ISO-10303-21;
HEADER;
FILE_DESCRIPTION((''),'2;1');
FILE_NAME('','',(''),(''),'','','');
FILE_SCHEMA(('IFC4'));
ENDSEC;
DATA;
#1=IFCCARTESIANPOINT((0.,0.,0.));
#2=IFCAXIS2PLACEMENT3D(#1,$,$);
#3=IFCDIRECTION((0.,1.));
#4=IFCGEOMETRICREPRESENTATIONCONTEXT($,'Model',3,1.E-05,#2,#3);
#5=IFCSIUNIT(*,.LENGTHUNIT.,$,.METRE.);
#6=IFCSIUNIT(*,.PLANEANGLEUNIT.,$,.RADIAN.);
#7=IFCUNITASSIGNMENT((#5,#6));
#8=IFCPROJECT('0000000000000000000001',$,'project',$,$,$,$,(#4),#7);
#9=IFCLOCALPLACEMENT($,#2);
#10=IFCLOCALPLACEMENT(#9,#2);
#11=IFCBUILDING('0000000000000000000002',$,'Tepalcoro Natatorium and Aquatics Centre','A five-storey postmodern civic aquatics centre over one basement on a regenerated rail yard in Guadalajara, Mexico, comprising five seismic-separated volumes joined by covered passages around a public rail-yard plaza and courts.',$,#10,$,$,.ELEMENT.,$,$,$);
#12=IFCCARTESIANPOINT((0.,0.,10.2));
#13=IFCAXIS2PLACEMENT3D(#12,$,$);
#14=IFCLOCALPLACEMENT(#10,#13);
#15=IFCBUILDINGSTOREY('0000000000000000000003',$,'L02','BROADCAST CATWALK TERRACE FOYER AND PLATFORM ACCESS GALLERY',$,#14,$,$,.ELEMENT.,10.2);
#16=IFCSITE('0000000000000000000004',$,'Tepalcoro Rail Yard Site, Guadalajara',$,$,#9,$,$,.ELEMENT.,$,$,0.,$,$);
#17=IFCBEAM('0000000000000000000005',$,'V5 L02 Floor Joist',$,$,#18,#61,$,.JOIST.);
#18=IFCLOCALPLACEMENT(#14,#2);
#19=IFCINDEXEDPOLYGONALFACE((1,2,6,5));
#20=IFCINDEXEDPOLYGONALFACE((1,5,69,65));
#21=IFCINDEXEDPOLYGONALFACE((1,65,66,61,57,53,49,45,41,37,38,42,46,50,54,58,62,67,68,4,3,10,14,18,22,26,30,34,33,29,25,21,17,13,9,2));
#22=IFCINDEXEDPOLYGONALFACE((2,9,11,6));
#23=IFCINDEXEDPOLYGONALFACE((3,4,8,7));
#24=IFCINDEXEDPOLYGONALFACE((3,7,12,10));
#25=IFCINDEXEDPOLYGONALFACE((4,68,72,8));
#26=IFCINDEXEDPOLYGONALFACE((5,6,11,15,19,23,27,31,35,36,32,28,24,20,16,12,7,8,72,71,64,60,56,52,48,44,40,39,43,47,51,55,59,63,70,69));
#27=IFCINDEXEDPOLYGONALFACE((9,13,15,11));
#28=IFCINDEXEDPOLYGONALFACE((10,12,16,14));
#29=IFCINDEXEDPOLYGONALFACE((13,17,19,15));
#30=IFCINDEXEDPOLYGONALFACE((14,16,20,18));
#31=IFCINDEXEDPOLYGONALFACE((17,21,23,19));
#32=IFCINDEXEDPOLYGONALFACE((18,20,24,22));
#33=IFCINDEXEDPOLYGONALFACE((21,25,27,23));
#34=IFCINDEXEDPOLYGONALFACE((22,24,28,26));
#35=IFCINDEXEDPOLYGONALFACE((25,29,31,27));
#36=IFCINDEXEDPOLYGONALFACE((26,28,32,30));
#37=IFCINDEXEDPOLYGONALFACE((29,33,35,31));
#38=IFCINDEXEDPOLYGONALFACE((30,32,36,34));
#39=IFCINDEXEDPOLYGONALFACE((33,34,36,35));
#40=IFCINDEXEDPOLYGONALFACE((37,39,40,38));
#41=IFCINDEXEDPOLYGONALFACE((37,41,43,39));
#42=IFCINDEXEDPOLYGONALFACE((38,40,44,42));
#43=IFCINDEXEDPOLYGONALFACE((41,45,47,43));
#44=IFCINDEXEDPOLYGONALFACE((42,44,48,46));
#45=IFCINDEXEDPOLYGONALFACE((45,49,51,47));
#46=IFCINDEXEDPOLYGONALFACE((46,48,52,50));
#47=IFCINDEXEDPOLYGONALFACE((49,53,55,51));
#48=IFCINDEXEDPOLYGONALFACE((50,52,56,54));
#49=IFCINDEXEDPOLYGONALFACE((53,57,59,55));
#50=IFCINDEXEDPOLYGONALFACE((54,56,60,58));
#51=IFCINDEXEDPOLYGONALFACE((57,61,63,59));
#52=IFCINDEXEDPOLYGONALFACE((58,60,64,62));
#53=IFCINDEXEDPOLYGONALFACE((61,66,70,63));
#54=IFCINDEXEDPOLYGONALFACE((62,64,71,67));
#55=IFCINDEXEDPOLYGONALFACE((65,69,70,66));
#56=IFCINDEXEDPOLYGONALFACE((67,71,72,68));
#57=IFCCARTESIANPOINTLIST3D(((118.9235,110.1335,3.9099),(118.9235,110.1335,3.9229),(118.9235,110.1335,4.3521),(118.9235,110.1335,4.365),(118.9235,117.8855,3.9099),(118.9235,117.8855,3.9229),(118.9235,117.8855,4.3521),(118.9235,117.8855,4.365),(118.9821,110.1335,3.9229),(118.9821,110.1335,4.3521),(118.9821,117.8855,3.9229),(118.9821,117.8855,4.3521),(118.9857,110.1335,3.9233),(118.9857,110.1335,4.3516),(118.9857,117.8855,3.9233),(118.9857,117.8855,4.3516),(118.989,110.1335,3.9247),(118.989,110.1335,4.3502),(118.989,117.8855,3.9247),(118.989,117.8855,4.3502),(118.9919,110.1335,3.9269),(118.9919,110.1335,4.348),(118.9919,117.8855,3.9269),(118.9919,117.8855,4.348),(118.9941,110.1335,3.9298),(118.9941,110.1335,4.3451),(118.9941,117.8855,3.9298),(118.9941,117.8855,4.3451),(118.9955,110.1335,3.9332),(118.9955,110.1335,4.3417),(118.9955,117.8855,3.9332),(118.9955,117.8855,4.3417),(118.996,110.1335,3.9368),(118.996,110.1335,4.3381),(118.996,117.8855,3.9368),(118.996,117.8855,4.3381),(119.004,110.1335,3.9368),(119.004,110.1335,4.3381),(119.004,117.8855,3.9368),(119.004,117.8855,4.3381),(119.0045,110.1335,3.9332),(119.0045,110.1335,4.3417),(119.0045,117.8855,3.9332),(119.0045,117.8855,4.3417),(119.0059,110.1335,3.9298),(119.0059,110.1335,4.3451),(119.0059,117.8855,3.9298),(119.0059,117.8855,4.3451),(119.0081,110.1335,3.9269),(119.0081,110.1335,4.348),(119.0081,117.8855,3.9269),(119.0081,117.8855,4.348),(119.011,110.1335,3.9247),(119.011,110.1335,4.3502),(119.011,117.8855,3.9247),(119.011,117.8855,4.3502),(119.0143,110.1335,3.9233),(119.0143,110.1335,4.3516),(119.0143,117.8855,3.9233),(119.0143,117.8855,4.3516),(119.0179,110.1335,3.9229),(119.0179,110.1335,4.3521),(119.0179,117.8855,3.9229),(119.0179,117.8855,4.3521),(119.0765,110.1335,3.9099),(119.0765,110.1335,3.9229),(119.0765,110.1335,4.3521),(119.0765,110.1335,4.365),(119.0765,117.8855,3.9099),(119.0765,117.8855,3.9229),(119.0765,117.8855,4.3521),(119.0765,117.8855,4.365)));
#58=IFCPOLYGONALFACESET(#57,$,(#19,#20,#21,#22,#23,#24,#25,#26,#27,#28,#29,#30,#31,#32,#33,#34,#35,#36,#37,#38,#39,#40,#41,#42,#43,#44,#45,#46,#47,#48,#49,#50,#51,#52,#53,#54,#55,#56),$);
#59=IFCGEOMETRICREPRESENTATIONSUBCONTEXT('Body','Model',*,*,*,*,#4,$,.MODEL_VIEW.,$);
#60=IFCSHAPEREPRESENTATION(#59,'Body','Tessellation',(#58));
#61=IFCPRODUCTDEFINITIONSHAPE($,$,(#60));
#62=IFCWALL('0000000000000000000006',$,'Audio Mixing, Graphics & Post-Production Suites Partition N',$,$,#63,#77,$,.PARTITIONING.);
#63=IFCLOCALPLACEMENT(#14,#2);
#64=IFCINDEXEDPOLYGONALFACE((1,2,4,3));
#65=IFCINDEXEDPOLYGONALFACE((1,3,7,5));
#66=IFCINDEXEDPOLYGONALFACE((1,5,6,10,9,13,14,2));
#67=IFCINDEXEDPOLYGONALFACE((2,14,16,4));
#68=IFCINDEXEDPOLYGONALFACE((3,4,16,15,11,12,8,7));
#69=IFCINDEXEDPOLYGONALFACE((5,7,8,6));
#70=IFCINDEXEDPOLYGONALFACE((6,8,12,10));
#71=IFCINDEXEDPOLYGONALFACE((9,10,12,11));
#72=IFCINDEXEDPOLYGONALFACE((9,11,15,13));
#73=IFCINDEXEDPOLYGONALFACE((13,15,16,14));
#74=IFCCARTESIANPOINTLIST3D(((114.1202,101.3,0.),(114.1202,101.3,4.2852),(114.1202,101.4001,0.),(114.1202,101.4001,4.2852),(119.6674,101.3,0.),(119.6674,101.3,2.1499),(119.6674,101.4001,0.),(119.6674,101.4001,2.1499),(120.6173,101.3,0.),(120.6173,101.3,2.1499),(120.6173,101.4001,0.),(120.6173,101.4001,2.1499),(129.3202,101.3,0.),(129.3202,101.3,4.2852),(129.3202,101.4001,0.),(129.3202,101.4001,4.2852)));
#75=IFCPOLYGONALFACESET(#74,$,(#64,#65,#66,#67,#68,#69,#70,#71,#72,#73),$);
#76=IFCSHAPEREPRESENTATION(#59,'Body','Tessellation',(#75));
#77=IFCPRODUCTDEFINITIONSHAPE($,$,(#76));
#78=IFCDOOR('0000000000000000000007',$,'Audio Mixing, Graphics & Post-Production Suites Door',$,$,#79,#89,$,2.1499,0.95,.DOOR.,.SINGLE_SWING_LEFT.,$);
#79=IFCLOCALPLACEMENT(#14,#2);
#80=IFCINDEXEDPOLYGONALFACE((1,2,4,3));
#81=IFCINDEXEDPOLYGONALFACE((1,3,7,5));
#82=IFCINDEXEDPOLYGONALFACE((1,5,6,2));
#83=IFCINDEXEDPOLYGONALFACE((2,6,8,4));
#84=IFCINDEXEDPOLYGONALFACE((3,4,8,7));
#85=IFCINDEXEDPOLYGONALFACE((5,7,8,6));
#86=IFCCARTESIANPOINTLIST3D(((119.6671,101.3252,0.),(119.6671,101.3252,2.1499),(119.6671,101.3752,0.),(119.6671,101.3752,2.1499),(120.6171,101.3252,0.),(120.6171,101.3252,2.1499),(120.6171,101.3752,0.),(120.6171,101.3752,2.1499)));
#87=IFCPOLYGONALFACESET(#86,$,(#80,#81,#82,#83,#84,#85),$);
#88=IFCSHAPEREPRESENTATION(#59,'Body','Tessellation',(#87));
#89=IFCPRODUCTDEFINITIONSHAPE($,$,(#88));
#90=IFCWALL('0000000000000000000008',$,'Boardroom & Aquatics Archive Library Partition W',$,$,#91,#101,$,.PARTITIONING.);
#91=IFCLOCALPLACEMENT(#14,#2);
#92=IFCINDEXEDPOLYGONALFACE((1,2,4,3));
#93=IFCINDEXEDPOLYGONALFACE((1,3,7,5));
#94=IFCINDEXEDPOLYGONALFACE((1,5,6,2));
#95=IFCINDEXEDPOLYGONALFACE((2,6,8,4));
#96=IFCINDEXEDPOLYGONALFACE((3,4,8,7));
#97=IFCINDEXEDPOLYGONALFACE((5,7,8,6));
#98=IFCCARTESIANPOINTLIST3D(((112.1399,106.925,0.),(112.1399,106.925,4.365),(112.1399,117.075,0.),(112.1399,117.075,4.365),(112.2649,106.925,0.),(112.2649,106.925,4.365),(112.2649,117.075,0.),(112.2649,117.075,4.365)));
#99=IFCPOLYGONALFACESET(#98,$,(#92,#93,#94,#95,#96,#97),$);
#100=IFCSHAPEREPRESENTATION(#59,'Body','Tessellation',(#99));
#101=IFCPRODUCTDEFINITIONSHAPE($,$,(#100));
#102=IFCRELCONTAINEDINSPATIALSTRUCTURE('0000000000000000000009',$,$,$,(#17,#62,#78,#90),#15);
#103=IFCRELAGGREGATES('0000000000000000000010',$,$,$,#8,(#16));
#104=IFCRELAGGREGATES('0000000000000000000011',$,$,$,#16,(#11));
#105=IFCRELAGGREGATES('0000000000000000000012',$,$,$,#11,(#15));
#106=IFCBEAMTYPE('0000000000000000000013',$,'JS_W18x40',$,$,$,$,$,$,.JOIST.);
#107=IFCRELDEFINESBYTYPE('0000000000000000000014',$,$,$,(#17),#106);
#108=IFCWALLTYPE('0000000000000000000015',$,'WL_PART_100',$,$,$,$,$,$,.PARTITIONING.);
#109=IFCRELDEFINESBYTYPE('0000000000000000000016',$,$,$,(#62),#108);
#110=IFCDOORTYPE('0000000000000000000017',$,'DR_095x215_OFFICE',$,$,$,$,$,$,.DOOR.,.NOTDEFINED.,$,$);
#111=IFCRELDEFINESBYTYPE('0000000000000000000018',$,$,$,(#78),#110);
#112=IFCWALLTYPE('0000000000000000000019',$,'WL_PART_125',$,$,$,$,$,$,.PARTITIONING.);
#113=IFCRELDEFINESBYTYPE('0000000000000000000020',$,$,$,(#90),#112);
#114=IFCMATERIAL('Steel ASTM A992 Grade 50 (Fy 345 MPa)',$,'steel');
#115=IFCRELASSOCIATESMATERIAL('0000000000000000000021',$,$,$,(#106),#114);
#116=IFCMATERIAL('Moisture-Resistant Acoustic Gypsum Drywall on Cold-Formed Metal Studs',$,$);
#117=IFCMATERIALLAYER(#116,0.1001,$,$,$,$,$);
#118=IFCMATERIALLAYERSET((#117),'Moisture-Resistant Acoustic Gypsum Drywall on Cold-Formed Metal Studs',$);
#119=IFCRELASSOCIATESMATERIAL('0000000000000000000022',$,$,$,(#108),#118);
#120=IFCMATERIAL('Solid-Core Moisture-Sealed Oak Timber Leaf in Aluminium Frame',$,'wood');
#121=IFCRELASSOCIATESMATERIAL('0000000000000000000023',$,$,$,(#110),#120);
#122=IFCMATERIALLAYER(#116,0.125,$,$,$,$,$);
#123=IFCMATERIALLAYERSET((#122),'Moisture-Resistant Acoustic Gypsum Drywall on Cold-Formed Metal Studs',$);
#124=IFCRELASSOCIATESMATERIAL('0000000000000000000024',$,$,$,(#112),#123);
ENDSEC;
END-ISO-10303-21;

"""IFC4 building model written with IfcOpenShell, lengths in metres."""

from ifc_helpers import new_model, si_unit, direction, frame, frame_2d, origin, origin_2d, place, context, subcontext, project, spatial, rectangle, i_section, extrude, material, layer, layer_set, material_profile, profile_set, type_object, element, fill, save


model = new_model("IFC4")

# Units and contexts
model_context = context("Model", 3, precision=1e-05, world=origin(), true_north=direction((0.0, 1.0)))
body_context = subcontext(model_context, "Body", "Model", "MODEL_VIEW")
ifc_project = project(units=[si_unit("LENGTHUNIT", "METRE"), si_unit("PLANEANGLEUNIT", "RADIAN")], contexts=[model_context])

# Site, building, storey
site_placement = place(None, origin())
site = spatial("IfcSite", under=ifc_project, at=site_placement, Name="Tepalcoro Rail Yard Site, Guadalajara", CompositionType="ELEMENT", RefElevation=0.0)
building_placement = place(site_placement, origin())
building = spatial("IfcBuilding", under=site, at=building_placement, Name="Tepalcoro Natatorium and Aquatics Centre", Description="A five-storey postmodern civic aquatics centre over one basement on a regenerated rail yard in Guadalajara, Mexico, comprising five seismic-separated volumes joined by covered passages around a public rail-yard plaza and courts.", CompositionType="ELEMENT")
storey_placement = place(building_placement, frame((0.0, 0.0, 10.2)))
storey = spatial("IfcBuildingStorey", under=building, at=storey_placement, Name="L02", Description="BROADCAST CATWALK TERRACE FOYER AND PLATFORM ACCESS GALLERY", CompositionType="ELEMENT", Elevation=10.2)

# Beam
ifc_material_1 = material(Name="Steel ASTM A992 Grade 50 (Fy 345 MPa)", Category="steel")
ifc_material_profile_1 = material_profile(ifc_material_1, i_section(OverallWidth=0.1531, OverallDepth=0.4551, WebThickness=0.0081, FlangeThickness=0.0129, FilletRadius=0.0139, at=origin_2d()), Name="W18X40")
ifc_profile_set_1 = profile_set([ifc_material_profile_1], Name="Steel ASTM A992 Grade 50 (Fy 345 MPa)")
beam_type_1 = type_object("IfcBeamType", Name="JS_W18x40", PredefinedType="JOIST", material=ifc_profile_set_1)
beam_1_placement = place(storey_placement, frame((119.0, 110.1335, 4.1375), z_axis=(0.0, 1.0, 0.0), x_axis=(-1.0, 0.0, 0.0)))
element("IfcBeam", 1, at=beam_1_placement, inside=storey, type_object=beam_type_1, Name="V5 L02 Floor Joist", PredefinedType="JOIST", context=body_context, shape_type="SweptSolid", body=[
    extrude(i_section(OverallWidth=0.1531, OverallDepth=0.4551, WebThickness=0.0081, FlangeThickness=0.0129, FilletRadius=0.0139, at=origin_2d()), origin(), (0.0, 0.0, 1.0), 7.752),
])

# Wall, opening, door
ifc_material_2 = material(Name="Moisture-Resistant Acoustic Gypsum Drywall on Cold-Formed Metal Studs")
ifc_layer_1 = layer(ifc_material_2, 0.1001)
ifc_layer_set_1 = layer_set([ifc_layer_1], Name="Moisture-Resistant Acoustic Gypsum Drywall on Cold-Formed Metal Studs")
wall_type_1 = type_object("IfcWallType", Name="WL_PART_100", PredefinedType="PARTITIONING", material=ifc_layer_set_1)
wall_1_placement = place(storey_placement, frame((114.1201, 101.3501, 0.0), z_axis=(0.0, 0.0, 1.0), x_axis=(1.0, 0.0, 0.0)))
wall_1 = element("IfcWall", 2, at=wall_1_placement, inside=storey, type_object=wall_type_1, Name="Audio Mixing, Graphics & Post-Production Suites Partition N", PredefinedType="PARTITIONING", context=body_context, shape_type="SweptSolid", body=[
    extrude(rectangle(XDim=15.2, YDim=0.1001, at=frame_2d((7.6001, 0.0))), origin(), (0.0, 0.0, 1.0), 4.2852),
])
opening_placement = place(wall_1_placement, frame((5.5471, 0.0, 0.0)))
opening = element("IfcOpeningElement", 3, at=opening_placement, cuts=wall_1, PredefinedType="OPENING", context=body_context, shape_type="SweptSolid", body=[
    extrude(rectangle(XDim=0.95, YDim=2.1499, at=frame_2d((0.4751, 1.075))), frame((0.0, 0.062, 0.0), z_axis=(0.0, -1.0, 0.0), x_axis=(1.0, 0.0, 0.0)), (0.0, 0.0, 1.0), 0.124),
])
ifc_material_3 = material(Name="Solid-Core Moisture-Sealed Oak Timber Leaf in Aluminium Frame", Category="wood")
door_type = type_object("IfcDoorType", Name="DR_095x215_OFFICE", OperationType="NOTDEFINED", PredefinedType="DOOR", material=ifc_material_3)
door_placement = place(opening_placement, frame((0.95, 0.0, 0.0), z_axis=(0.0, 0.0, 1.0), x_axis=(-1.0, 0.0, 0.0)))
door = element("IfcDoor", 4, at=door_placement, inside=storey, type_object=door_type, Name="Audio Mixing, Graphics & Post-Production Suites Door", OperationType="SINGLE_SWING_LEFT", OverallHeight=2.1499, OverallWidth=0.95, PredefinedType="DOOR", context=body_context, shape_type="SweptSolid", body=[
    extrude(rectangle(XDim=0.95, YDim=2.1499, at=frame_2d((0.4751, 1.075))), frame((0.0, 0.0249, 0.0), z_axis=(0.0, -1.0, 0.0), x_axis=(1.0, 0.0, 0.0)), (0.0, 0.0, 1.0), 0.05),
])
fill(opening, door)

# Wall
ifc_layer_2 = layer(ifc_material_2, 0.125)
ifc_layer_set_2 = layer_set([ifc_layer_2], Name="Moisture-Resistant Acoustic Gypsum Drywall on Cold-Formed Metal Studs")
wall_type_2 = type_object("IfcWallType", Name="WL_PART_125", PredefinedType="PARTITIONING", material=ifc_layer_set_2)
wall_2_placement = place(storey_placement, frame((112.2024, 106.925, 0.0), z_axis=(0.0, 0.0, 1.0), x_axis=(0.0, 1.0, 0.0)))
element("IfcWall", 5, at=wall_2_placement, inside=storey, type_object=wall_type_2, Name="Boardroom & Aquatics Archive Library Partition W", PredefinedType="PARTITIONING", context=body_context, shape_type="SweptSolid", body=[
    extrude(rectangle(XDim=10.1499, YDim=0.125, at=frame_2d((5.075, 0.0))), origin(), (0.0, 0.0, 1.0), 4.365),
])

save(model, "model.ifc")
